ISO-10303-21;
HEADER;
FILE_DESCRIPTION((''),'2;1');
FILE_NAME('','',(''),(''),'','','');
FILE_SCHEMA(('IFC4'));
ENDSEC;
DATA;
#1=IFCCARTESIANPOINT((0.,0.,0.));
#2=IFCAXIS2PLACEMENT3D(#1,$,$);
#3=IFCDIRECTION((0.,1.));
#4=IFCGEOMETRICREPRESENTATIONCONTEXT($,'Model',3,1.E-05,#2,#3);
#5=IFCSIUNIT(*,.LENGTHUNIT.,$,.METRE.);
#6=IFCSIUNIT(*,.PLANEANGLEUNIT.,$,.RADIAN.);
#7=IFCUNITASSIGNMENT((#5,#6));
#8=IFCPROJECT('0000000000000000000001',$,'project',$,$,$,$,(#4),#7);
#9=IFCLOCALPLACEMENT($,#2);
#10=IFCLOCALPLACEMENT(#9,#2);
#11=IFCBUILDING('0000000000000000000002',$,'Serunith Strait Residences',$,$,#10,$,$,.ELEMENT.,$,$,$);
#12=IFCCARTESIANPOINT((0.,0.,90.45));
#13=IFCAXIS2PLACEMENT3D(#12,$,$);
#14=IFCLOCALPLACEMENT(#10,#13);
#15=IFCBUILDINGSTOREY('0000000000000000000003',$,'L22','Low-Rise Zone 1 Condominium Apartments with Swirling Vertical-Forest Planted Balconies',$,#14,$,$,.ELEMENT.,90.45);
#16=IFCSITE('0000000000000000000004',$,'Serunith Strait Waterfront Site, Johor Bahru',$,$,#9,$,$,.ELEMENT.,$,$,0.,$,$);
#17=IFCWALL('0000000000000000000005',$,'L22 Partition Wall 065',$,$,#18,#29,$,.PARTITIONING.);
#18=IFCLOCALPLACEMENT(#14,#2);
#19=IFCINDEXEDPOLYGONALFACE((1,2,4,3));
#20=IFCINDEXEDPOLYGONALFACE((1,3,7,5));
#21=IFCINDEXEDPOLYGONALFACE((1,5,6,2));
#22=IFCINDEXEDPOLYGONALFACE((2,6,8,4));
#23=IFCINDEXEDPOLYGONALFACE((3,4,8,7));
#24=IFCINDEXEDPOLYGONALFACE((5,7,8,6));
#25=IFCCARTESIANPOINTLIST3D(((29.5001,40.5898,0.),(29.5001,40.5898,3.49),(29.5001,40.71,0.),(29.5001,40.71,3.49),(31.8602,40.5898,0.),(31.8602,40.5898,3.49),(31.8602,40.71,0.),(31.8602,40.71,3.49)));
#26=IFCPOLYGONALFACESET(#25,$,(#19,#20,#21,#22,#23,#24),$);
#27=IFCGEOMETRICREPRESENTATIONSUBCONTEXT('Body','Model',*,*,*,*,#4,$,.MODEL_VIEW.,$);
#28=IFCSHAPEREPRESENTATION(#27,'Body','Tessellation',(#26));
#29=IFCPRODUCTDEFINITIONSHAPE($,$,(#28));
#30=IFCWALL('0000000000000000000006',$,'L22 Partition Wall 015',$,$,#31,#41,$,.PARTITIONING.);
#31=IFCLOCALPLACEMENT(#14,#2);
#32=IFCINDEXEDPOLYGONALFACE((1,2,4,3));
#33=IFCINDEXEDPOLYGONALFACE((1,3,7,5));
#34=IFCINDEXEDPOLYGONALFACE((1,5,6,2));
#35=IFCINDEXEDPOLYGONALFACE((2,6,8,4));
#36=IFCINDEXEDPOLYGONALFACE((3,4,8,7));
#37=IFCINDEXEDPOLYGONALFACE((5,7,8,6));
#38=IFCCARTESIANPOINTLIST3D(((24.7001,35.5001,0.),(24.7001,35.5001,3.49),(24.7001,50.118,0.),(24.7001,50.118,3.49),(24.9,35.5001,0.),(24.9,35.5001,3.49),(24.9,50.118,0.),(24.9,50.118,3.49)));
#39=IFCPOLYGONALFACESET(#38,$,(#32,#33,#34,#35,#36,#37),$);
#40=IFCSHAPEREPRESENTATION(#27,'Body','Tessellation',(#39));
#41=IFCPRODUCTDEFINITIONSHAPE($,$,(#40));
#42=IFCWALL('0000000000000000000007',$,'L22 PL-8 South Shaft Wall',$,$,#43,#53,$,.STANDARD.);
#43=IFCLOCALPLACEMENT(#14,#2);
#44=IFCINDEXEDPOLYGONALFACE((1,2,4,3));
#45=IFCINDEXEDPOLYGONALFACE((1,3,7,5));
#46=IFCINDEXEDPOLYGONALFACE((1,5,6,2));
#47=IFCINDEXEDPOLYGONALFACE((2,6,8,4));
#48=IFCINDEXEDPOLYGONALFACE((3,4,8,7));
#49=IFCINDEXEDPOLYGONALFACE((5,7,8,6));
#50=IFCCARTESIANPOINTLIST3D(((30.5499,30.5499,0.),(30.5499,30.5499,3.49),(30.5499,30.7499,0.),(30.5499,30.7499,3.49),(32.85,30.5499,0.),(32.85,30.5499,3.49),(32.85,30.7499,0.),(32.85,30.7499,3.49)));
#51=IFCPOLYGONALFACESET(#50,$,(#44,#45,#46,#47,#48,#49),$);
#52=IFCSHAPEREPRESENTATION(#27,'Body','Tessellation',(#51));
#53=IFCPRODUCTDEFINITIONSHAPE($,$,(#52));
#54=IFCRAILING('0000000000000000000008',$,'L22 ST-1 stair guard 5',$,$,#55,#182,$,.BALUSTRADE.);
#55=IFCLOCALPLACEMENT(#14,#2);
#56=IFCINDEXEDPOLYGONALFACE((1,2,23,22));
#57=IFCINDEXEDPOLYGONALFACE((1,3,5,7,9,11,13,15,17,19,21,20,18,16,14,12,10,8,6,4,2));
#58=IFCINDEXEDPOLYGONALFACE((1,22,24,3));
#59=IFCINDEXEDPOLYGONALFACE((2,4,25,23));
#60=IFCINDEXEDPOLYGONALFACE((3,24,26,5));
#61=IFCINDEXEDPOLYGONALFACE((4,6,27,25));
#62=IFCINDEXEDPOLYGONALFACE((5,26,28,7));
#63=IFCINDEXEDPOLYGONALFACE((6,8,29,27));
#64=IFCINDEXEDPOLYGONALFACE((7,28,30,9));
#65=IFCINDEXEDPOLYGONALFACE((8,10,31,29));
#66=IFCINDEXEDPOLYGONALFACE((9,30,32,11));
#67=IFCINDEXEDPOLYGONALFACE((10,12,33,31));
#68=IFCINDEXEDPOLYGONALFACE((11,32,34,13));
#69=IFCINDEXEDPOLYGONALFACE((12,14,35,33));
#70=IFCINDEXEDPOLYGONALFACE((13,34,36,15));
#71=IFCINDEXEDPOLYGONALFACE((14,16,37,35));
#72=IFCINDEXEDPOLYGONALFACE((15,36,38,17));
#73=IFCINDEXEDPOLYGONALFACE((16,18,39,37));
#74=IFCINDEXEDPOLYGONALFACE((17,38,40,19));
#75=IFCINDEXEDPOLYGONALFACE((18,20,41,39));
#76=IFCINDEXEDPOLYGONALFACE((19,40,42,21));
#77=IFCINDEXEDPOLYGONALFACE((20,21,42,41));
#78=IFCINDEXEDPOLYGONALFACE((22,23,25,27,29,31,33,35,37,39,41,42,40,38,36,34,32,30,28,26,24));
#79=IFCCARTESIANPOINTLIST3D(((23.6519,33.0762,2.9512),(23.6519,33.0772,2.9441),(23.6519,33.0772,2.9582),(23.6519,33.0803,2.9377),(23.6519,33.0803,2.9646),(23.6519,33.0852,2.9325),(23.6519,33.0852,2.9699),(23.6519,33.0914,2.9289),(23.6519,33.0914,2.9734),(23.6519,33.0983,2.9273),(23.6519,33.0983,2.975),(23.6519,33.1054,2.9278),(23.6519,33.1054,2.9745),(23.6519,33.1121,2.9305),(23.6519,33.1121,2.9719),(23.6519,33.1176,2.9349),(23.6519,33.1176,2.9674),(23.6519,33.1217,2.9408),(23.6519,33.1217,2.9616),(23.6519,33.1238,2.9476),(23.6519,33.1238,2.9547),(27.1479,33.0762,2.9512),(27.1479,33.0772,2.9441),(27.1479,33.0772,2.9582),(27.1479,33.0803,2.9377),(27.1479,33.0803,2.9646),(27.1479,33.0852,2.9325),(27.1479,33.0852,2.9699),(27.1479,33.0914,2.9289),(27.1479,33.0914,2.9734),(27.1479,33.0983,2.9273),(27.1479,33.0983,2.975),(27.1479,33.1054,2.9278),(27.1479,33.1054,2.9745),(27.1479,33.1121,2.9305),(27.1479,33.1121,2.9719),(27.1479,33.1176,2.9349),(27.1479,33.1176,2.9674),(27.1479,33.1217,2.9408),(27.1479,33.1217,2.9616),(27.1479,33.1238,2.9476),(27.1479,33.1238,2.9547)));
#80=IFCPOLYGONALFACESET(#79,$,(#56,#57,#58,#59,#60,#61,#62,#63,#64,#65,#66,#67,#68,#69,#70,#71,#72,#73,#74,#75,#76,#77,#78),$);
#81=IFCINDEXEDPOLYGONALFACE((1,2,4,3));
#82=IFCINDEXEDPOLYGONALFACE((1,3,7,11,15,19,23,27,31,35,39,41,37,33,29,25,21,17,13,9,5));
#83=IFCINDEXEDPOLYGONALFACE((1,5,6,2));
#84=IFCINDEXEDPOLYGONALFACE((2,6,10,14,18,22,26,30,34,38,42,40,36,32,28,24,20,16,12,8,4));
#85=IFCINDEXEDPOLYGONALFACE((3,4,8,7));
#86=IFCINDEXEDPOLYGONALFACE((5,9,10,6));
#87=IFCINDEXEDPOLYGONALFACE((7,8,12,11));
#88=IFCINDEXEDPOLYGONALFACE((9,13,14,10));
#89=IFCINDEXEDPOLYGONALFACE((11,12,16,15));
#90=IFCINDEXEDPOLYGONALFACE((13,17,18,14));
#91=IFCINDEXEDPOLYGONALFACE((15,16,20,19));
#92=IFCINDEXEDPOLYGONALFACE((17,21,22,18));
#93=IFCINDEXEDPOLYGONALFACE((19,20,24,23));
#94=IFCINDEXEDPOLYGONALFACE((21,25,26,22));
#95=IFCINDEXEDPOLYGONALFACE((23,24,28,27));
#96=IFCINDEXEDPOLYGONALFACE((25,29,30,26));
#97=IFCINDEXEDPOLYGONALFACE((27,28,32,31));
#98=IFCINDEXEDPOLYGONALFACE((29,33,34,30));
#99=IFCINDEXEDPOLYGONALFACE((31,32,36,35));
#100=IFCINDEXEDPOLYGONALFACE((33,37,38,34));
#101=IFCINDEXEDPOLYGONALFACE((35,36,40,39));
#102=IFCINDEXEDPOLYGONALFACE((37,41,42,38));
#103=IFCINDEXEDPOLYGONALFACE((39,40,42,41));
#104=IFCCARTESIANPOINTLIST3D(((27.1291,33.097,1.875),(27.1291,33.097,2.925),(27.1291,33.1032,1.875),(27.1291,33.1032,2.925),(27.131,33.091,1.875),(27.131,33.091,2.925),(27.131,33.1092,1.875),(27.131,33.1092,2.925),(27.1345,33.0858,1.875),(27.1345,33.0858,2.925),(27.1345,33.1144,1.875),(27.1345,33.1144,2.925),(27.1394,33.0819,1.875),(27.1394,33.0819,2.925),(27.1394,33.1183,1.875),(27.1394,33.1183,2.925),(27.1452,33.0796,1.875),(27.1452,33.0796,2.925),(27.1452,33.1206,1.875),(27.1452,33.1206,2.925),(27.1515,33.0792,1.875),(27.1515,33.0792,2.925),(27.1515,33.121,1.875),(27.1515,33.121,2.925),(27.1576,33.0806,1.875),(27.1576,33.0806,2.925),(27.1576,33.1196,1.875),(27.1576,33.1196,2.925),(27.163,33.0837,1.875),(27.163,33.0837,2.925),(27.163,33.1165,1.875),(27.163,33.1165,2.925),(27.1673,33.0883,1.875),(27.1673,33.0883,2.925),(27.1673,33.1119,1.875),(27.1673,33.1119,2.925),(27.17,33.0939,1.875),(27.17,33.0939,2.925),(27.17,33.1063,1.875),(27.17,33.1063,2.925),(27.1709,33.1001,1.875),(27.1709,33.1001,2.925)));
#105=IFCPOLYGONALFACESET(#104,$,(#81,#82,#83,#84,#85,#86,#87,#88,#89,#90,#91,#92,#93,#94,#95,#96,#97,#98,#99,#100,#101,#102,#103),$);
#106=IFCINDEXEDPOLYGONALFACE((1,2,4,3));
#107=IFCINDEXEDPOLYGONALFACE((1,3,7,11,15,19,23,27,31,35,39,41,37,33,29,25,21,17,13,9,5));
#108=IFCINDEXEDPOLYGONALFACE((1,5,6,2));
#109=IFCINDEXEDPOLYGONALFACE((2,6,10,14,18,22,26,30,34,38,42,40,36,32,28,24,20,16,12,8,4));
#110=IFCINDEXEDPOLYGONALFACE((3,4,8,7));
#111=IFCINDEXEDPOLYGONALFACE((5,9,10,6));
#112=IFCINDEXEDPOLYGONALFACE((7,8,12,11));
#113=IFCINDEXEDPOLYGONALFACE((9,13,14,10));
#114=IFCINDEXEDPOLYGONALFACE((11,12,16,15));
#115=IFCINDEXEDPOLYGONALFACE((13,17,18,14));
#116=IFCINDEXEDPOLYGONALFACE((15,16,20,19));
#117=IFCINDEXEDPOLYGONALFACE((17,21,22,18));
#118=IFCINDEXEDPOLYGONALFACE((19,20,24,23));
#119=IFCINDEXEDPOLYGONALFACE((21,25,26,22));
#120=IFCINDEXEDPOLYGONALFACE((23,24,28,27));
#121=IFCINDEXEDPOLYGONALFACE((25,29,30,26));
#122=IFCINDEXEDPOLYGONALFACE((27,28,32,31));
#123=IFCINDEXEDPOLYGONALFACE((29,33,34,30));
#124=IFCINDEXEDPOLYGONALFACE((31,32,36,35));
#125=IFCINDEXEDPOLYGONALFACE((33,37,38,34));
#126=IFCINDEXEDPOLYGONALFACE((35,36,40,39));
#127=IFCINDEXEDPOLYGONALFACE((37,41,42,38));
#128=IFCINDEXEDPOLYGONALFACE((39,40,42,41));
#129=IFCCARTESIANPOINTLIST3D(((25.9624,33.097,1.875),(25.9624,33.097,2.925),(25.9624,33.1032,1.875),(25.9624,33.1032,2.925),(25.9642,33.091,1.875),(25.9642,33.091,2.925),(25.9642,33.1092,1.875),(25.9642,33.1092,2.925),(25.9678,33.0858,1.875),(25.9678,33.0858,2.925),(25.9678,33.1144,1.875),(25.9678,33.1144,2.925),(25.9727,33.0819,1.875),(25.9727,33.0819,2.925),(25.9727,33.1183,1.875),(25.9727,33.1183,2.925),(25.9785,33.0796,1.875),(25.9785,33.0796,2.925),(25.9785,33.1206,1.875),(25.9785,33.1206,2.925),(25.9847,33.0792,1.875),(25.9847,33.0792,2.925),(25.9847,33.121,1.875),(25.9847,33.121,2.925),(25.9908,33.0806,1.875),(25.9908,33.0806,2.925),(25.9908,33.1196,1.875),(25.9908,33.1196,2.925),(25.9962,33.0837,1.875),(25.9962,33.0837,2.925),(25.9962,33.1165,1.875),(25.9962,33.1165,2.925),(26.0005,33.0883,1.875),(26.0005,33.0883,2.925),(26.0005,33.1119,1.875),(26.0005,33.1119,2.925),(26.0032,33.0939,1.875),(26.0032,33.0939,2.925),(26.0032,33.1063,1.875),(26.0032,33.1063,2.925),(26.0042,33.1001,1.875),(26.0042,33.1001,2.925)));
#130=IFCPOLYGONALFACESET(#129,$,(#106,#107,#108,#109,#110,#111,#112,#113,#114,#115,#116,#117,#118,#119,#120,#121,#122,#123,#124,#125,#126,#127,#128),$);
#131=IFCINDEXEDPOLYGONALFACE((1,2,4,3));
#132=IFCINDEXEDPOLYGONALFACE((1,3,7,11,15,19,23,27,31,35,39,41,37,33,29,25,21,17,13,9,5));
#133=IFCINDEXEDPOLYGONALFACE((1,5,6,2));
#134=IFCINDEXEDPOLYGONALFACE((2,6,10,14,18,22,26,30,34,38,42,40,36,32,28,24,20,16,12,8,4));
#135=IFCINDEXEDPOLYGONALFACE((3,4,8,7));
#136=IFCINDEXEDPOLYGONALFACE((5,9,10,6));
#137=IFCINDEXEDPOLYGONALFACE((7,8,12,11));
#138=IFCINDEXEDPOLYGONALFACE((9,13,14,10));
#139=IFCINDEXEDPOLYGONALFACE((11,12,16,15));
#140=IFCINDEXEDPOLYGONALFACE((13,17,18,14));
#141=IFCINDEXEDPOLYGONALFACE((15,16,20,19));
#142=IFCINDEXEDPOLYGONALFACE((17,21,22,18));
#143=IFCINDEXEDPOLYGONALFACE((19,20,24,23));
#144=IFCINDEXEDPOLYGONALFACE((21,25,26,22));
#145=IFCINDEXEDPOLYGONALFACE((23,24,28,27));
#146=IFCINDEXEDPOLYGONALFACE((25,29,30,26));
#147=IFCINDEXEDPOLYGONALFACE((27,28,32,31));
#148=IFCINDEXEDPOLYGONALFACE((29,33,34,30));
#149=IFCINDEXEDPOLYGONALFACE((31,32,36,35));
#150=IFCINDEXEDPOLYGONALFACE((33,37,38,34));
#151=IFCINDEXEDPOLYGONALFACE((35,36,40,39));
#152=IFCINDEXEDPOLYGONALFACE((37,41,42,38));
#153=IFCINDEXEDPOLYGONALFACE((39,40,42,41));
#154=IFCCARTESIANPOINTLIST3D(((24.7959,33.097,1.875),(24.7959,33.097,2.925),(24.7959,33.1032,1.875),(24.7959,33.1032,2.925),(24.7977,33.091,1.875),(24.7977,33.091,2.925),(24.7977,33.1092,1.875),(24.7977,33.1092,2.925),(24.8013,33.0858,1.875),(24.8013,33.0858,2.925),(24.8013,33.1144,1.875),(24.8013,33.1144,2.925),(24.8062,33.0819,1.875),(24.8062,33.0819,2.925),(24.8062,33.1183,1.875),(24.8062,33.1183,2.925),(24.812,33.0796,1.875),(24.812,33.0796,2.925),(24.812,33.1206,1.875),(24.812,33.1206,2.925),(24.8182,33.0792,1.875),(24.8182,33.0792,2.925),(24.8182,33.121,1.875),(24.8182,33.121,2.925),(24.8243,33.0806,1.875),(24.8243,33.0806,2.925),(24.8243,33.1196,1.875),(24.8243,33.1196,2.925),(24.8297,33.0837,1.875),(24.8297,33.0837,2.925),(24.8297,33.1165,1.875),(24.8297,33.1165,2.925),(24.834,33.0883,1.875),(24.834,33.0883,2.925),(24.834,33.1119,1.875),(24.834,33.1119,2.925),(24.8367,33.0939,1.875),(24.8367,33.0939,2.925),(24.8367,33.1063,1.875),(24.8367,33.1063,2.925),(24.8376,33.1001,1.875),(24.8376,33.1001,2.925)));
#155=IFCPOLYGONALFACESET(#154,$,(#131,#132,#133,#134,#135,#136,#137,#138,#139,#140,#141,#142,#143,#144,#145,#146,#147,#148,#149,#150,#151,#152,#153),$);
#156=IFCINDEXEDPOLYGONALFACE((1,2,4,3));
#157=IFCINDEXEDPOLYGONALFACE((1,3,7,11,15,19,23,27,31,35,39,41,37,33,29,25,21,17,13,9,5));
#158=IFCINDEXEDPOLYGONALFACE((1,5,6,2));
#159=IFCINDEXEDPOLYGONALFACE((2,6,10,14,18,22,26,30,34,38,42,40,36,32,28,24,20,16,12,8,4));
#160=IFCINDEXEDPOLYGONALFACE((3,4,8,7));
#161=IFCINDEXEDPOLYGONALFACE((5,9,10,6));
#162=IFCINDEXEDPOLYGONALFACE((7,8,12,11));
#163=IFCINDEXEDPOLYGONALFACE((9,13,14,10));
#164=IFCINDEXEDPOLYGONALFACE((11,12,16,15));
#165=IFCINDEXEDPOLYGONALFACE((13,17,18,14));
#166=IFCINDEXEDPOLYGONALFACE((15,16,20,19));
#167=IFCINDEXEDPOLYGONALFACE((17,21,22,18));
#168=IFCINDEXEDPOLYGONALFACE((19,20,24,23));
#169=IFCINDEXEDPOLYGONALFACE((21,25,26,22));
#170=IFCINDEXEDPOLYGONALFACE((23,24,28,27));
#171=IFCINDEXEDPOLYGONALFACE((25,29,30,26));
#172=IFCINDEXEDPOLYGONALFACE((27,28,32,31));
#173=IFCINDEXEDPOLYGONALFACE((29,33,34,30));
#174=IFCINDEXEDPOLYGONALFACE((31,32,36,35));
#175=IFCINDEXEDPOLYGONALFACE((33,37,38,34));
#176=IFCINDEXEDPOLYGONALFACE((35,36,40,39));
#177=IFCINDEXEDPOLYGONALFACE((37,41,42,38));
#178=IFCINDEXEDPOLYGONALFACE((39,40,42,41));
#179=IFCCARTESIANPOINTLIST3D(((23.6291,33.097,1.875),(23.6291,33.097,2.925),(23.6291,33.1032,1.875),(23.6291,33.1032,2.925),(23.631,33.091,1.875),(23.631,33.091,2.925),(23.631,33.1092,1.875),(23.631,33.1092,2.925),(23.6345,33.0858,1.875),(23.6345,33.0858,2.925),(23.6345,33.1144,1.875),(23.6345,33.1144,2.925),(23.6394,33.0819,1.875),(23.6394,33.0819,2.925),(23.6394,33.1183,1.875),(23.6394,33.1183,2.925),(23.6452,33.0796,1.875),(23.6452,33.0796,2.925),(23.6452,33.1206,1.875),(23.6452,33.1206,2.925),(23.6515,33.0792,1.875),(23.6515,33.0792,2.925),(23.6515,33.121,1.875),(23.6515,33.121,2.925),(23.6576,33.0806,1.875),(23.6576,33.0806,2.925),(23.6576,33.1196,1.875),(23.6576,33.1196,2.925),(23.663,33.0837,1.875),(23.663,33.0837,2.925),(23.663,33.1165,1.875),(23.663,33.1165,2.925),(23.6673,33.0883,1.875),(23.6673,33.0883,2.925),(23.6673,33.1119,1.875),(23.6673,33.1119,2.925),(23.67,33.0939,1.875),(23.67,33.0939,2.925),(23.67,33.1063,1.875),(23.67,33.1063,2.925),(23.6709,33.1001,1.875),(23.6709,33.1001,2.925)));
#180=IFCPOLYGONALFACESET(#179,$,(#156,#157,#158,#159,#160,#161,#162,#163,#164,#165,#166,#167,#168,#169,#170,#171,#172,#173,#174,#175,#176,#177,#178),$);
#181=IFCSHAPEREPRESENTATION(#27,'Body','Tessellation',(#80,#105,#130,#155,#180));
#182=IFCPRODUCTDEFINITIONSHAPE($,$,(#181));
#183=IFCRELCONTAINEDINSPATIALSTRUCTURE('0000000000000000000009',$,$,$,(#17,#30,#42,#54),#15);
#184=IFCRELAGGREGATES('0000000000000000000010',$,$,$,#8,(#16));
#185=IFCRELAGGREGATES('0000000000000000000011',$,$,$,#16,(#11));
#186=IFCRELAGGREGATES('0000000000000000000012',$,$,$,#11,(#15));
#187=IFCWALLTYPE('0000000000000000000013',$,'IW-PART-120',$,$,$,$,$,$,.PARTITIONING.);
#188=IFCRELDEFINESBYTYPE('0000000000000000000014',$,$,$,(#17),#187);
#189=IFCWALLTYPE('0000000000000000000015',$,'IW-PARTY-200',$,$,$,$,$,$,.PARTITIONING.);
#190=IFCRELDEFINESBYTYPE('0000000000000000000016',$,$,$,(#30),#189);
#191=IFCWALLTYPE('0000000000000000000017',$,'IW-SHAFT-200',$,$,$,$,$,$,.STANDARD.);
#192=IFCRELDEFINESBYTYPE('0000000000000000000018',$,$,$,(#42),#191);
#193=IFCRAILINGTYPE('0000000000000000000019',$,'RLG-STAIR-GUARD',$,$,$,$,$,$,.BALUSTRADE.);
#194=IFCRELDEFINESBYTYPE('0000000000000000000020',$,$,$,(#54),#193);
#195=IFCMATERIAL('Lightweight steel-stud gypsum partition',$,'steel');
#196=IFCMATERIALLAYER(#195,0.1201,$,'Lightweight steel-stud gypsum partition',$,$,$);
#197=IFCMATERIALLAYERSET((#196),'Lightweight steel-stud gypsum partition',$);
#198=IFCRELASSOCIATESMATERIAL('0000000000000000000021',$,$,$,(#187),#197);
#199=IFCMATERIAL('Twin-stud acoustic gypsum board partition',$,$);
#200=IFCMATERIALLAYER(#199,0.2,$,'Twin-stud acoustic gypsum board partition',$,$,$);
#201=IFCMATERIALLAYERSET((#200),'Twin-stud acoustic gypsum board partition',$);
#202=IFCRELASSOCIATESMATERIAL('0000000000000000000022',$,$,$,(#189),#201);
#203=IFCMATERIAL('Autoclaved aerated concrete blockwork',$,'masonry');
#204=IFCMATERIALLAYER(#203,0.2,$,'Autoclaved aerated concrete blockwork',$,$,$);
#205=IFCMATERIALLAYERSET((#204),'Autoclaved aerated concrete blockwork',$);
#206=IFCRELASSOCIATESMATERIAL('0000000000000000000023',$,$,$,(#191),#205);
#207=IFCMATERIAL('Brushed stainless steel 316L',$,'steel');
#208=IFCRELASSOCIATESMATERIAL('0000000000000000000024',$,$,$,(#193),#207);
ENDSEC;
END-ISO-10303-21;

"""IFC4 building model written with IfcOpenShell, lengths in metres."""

from ifc_helpers import new_model, si_unit, direction, frame, frame_2d, origin, origin_2d, place, context, subcontext, project, spatial, rectangle, circle, extrude, material, layer, layer_set, type_object, element, save


model = new_model("IFC4")

# Units and contexts
model_context = context("Model", 3, precision=1e-05, world=origin(), true_north=direction((0.0, 1.0)))
body_context = subcontext(model_context, "Body", "Model", "MODEL_VIEW")
ifc_project = project(units=[si_unit("LENGTHUNIT", "METRE"), si_unit("PLANEANGLEUNIT", "RADIAN")], contexts=[model_context])

# Site, building, storey
site_placement = place(None, origin())
site = spatial("IfcSite", under=ifc_project, at=site_placement, Name="Serunith Strait Waterfront Site, Johor Bahru", CompositionType="ELEMENT", RefElevation=0.0)
building_placement = place(site_placement, origin())
building = spatial("IfcBuilding", under=site, at=building_placement, Name="Serunith Strait Residences", CompositionType="ELEMENT")
storey_placement = place(building_placement, frame((0.0, 0.0, 90.45)))
storey = spatial("IfcBuildingStorey", under=building, at=storey_placement, Name="L22", Description="Low-Rise Zone 1 Condominium Apartments with Swirling Vertical-Forest Planted Balconies", CompositionType="ELEMENT", Elevation=90.45)

# Shared definitions
ifc_material_1 = material(Name="Lightweight steel-stud gypsum partition", Category="steel")
ifc_layer_1 = layer(ifc_material_1, 0.1201, Name="Lightweight steel-stud gypsum partition")
ifc_layer_set_1 = layer_set([ifc_layer_1], Name="Lightweight steel-stud gypsum partition")
wall_type_1 = type_object("IfcWallType", Name="IW-PART-120", PredefinedType="PARTITIONING", material=ifc_layer_set_1)

# Walls
for number, where, z_axis, x_axis, name in (
    (1, (29.5, 40.6499, 0.0), (0.0, 0.0, 1.0), (1.0, 0.0, 0.0), "L22 Partition Wall 065"),
):
    element("IfcWall", number, at=place(storey_placement, frame(where, z_axis=z_axis, x_axis=x_axis)), inside=storey, type_object=wall_type_1, Name=name, PredefinedType="PARTITIONING", context=body_context, shape_type="SweptSolid", body=[
        extrude(rectangle(XDim=2.3601, YDim=0.1201, at=frame_2d((1.1802, 0.0))), origin(), (0.0, 0.0, 1.0), 3.49),
    ])
ifc_material_2 = material(Name="Twin-stud acoustic gypsum board partition")
ifc_layer_2 = layer(ifc_material_2, 0.2, Name="Twin-stud acoustic gypsum board partition")
ifc_layer_set_2 = layer_set([ifc_layer_2], Name="Twin-stud acoustic gypsum board partition")
wall_type_2 = type_object("IfcWallType", Name="IW-PARTY-200", PredefinedType="PARTITIONING", material=ifc_layer_set_2)
wall_1_placement = place(storey_placement, frame((24.8, 35.5, 0.0), z_axis=(0.0, 0.0, 1.0), x_axis=(0.0, 1.0, 0.0)))
element("IfcWall", 2, at=wall_1_placement, inside=storey, type_object=wall_type_2, Name="L22 Partition Wall 015", PredefinedType="PARTITIONING", context=body_context, shape_type="SweptSolid", body=[
    extrude(rectangle(XDim=14.6179, YDim=0.2, at=frame_2d((7.3091, 0.0))), origin(), (0.0, 0.0, 1.0), 3.49),
])
ifc_material_3 = material(Name="Autoclaved aerated concrete blockwork", Category="masonry")
ifc_layer_3 = layer(ifc_material_3, 0.2, Name="Autoclaved aerated concrete blockwork")
ifc_layer_set_3 = layer_set([ifc_layer_3], Name="Autoclaved aerated concrete blockwork")
wall_type_3 = type_object("IfcWallType", Name="IW-SHAFT-200", PredefinedType="STANDARD", material=ifc_layer_set_3)
wall_2_placement = place(storey_placement, frame((30.55, 30.6499, 0.0), z_axis=(0.0, 0.0, 1.0), x_axis=(1.0, 0.0, 0.0)))
element("IfcWall", 3, at=wall_2_placement, inside=storey, type_object=wall_type_3, Name="L22 PL-8 South Shaft Wall", PredefinedType="STANDARD", context=body_context, shape_type="SweptSolid", body=[
    extrude(rectangle(XDim=2.3, YDim=0.2, at=frame_2d((1.1499, 0.0))), origin(), (0.0, 0.0, 1.0), 3.49),
])

# Railing
ifc_material_4 = material(Name="Brushed stainless steel 316L", Category="steel")
railing_type = type_object("IfcRailingType", Name="RLG-STAIR-GUARD", PredefinedType="BALUSTRADE", material=ifc_material_4)
railing_1_placement = place(storey_placement, frame((27.1499, 33.1001, 1.875)))
element("IfcRailing", 4, at=railing_1_placement, inside=storey, type_object=railing_type, Name="L22 ST-1 stair guard 5", PredefinedType="BALUSTRADE", context=body_context, shape_type="SweptSolid", body=[
    extrude(circle(Radius=0.0239, at=origin_2d()), frame((-0.002, 0.0, 1.0762), z_axis=(-1.0, 0.0, 0.0), x_axis=(0.0, -1.0, 0.0)), (0.0, 0.0, 1.0), 3.4961),
    extrude(circle(Radius=0.021, at=origin_2d()), origin(), (0.0, 0.0, 1.0), 1.05),
    extrude(circle(Radius=0.021, at=origin_2d()), frame((-1.1667, 0.0, 0.0)), (0.0, 0.0, 1.0), 1.05),
    extrude(circle(Radius=0.021, at=origin_2d()), frame((-2.3333, 0.0, 0.0)), (0.0, 0.0, 1.0), 1.05),
    extrude(circle(Radius=0.021, at=origin_2d()), frame((-3.5, 0.0, 0.0)), (0.0, 0.0, 1.0), 1.05),
])

save(model, "model.ifc")
